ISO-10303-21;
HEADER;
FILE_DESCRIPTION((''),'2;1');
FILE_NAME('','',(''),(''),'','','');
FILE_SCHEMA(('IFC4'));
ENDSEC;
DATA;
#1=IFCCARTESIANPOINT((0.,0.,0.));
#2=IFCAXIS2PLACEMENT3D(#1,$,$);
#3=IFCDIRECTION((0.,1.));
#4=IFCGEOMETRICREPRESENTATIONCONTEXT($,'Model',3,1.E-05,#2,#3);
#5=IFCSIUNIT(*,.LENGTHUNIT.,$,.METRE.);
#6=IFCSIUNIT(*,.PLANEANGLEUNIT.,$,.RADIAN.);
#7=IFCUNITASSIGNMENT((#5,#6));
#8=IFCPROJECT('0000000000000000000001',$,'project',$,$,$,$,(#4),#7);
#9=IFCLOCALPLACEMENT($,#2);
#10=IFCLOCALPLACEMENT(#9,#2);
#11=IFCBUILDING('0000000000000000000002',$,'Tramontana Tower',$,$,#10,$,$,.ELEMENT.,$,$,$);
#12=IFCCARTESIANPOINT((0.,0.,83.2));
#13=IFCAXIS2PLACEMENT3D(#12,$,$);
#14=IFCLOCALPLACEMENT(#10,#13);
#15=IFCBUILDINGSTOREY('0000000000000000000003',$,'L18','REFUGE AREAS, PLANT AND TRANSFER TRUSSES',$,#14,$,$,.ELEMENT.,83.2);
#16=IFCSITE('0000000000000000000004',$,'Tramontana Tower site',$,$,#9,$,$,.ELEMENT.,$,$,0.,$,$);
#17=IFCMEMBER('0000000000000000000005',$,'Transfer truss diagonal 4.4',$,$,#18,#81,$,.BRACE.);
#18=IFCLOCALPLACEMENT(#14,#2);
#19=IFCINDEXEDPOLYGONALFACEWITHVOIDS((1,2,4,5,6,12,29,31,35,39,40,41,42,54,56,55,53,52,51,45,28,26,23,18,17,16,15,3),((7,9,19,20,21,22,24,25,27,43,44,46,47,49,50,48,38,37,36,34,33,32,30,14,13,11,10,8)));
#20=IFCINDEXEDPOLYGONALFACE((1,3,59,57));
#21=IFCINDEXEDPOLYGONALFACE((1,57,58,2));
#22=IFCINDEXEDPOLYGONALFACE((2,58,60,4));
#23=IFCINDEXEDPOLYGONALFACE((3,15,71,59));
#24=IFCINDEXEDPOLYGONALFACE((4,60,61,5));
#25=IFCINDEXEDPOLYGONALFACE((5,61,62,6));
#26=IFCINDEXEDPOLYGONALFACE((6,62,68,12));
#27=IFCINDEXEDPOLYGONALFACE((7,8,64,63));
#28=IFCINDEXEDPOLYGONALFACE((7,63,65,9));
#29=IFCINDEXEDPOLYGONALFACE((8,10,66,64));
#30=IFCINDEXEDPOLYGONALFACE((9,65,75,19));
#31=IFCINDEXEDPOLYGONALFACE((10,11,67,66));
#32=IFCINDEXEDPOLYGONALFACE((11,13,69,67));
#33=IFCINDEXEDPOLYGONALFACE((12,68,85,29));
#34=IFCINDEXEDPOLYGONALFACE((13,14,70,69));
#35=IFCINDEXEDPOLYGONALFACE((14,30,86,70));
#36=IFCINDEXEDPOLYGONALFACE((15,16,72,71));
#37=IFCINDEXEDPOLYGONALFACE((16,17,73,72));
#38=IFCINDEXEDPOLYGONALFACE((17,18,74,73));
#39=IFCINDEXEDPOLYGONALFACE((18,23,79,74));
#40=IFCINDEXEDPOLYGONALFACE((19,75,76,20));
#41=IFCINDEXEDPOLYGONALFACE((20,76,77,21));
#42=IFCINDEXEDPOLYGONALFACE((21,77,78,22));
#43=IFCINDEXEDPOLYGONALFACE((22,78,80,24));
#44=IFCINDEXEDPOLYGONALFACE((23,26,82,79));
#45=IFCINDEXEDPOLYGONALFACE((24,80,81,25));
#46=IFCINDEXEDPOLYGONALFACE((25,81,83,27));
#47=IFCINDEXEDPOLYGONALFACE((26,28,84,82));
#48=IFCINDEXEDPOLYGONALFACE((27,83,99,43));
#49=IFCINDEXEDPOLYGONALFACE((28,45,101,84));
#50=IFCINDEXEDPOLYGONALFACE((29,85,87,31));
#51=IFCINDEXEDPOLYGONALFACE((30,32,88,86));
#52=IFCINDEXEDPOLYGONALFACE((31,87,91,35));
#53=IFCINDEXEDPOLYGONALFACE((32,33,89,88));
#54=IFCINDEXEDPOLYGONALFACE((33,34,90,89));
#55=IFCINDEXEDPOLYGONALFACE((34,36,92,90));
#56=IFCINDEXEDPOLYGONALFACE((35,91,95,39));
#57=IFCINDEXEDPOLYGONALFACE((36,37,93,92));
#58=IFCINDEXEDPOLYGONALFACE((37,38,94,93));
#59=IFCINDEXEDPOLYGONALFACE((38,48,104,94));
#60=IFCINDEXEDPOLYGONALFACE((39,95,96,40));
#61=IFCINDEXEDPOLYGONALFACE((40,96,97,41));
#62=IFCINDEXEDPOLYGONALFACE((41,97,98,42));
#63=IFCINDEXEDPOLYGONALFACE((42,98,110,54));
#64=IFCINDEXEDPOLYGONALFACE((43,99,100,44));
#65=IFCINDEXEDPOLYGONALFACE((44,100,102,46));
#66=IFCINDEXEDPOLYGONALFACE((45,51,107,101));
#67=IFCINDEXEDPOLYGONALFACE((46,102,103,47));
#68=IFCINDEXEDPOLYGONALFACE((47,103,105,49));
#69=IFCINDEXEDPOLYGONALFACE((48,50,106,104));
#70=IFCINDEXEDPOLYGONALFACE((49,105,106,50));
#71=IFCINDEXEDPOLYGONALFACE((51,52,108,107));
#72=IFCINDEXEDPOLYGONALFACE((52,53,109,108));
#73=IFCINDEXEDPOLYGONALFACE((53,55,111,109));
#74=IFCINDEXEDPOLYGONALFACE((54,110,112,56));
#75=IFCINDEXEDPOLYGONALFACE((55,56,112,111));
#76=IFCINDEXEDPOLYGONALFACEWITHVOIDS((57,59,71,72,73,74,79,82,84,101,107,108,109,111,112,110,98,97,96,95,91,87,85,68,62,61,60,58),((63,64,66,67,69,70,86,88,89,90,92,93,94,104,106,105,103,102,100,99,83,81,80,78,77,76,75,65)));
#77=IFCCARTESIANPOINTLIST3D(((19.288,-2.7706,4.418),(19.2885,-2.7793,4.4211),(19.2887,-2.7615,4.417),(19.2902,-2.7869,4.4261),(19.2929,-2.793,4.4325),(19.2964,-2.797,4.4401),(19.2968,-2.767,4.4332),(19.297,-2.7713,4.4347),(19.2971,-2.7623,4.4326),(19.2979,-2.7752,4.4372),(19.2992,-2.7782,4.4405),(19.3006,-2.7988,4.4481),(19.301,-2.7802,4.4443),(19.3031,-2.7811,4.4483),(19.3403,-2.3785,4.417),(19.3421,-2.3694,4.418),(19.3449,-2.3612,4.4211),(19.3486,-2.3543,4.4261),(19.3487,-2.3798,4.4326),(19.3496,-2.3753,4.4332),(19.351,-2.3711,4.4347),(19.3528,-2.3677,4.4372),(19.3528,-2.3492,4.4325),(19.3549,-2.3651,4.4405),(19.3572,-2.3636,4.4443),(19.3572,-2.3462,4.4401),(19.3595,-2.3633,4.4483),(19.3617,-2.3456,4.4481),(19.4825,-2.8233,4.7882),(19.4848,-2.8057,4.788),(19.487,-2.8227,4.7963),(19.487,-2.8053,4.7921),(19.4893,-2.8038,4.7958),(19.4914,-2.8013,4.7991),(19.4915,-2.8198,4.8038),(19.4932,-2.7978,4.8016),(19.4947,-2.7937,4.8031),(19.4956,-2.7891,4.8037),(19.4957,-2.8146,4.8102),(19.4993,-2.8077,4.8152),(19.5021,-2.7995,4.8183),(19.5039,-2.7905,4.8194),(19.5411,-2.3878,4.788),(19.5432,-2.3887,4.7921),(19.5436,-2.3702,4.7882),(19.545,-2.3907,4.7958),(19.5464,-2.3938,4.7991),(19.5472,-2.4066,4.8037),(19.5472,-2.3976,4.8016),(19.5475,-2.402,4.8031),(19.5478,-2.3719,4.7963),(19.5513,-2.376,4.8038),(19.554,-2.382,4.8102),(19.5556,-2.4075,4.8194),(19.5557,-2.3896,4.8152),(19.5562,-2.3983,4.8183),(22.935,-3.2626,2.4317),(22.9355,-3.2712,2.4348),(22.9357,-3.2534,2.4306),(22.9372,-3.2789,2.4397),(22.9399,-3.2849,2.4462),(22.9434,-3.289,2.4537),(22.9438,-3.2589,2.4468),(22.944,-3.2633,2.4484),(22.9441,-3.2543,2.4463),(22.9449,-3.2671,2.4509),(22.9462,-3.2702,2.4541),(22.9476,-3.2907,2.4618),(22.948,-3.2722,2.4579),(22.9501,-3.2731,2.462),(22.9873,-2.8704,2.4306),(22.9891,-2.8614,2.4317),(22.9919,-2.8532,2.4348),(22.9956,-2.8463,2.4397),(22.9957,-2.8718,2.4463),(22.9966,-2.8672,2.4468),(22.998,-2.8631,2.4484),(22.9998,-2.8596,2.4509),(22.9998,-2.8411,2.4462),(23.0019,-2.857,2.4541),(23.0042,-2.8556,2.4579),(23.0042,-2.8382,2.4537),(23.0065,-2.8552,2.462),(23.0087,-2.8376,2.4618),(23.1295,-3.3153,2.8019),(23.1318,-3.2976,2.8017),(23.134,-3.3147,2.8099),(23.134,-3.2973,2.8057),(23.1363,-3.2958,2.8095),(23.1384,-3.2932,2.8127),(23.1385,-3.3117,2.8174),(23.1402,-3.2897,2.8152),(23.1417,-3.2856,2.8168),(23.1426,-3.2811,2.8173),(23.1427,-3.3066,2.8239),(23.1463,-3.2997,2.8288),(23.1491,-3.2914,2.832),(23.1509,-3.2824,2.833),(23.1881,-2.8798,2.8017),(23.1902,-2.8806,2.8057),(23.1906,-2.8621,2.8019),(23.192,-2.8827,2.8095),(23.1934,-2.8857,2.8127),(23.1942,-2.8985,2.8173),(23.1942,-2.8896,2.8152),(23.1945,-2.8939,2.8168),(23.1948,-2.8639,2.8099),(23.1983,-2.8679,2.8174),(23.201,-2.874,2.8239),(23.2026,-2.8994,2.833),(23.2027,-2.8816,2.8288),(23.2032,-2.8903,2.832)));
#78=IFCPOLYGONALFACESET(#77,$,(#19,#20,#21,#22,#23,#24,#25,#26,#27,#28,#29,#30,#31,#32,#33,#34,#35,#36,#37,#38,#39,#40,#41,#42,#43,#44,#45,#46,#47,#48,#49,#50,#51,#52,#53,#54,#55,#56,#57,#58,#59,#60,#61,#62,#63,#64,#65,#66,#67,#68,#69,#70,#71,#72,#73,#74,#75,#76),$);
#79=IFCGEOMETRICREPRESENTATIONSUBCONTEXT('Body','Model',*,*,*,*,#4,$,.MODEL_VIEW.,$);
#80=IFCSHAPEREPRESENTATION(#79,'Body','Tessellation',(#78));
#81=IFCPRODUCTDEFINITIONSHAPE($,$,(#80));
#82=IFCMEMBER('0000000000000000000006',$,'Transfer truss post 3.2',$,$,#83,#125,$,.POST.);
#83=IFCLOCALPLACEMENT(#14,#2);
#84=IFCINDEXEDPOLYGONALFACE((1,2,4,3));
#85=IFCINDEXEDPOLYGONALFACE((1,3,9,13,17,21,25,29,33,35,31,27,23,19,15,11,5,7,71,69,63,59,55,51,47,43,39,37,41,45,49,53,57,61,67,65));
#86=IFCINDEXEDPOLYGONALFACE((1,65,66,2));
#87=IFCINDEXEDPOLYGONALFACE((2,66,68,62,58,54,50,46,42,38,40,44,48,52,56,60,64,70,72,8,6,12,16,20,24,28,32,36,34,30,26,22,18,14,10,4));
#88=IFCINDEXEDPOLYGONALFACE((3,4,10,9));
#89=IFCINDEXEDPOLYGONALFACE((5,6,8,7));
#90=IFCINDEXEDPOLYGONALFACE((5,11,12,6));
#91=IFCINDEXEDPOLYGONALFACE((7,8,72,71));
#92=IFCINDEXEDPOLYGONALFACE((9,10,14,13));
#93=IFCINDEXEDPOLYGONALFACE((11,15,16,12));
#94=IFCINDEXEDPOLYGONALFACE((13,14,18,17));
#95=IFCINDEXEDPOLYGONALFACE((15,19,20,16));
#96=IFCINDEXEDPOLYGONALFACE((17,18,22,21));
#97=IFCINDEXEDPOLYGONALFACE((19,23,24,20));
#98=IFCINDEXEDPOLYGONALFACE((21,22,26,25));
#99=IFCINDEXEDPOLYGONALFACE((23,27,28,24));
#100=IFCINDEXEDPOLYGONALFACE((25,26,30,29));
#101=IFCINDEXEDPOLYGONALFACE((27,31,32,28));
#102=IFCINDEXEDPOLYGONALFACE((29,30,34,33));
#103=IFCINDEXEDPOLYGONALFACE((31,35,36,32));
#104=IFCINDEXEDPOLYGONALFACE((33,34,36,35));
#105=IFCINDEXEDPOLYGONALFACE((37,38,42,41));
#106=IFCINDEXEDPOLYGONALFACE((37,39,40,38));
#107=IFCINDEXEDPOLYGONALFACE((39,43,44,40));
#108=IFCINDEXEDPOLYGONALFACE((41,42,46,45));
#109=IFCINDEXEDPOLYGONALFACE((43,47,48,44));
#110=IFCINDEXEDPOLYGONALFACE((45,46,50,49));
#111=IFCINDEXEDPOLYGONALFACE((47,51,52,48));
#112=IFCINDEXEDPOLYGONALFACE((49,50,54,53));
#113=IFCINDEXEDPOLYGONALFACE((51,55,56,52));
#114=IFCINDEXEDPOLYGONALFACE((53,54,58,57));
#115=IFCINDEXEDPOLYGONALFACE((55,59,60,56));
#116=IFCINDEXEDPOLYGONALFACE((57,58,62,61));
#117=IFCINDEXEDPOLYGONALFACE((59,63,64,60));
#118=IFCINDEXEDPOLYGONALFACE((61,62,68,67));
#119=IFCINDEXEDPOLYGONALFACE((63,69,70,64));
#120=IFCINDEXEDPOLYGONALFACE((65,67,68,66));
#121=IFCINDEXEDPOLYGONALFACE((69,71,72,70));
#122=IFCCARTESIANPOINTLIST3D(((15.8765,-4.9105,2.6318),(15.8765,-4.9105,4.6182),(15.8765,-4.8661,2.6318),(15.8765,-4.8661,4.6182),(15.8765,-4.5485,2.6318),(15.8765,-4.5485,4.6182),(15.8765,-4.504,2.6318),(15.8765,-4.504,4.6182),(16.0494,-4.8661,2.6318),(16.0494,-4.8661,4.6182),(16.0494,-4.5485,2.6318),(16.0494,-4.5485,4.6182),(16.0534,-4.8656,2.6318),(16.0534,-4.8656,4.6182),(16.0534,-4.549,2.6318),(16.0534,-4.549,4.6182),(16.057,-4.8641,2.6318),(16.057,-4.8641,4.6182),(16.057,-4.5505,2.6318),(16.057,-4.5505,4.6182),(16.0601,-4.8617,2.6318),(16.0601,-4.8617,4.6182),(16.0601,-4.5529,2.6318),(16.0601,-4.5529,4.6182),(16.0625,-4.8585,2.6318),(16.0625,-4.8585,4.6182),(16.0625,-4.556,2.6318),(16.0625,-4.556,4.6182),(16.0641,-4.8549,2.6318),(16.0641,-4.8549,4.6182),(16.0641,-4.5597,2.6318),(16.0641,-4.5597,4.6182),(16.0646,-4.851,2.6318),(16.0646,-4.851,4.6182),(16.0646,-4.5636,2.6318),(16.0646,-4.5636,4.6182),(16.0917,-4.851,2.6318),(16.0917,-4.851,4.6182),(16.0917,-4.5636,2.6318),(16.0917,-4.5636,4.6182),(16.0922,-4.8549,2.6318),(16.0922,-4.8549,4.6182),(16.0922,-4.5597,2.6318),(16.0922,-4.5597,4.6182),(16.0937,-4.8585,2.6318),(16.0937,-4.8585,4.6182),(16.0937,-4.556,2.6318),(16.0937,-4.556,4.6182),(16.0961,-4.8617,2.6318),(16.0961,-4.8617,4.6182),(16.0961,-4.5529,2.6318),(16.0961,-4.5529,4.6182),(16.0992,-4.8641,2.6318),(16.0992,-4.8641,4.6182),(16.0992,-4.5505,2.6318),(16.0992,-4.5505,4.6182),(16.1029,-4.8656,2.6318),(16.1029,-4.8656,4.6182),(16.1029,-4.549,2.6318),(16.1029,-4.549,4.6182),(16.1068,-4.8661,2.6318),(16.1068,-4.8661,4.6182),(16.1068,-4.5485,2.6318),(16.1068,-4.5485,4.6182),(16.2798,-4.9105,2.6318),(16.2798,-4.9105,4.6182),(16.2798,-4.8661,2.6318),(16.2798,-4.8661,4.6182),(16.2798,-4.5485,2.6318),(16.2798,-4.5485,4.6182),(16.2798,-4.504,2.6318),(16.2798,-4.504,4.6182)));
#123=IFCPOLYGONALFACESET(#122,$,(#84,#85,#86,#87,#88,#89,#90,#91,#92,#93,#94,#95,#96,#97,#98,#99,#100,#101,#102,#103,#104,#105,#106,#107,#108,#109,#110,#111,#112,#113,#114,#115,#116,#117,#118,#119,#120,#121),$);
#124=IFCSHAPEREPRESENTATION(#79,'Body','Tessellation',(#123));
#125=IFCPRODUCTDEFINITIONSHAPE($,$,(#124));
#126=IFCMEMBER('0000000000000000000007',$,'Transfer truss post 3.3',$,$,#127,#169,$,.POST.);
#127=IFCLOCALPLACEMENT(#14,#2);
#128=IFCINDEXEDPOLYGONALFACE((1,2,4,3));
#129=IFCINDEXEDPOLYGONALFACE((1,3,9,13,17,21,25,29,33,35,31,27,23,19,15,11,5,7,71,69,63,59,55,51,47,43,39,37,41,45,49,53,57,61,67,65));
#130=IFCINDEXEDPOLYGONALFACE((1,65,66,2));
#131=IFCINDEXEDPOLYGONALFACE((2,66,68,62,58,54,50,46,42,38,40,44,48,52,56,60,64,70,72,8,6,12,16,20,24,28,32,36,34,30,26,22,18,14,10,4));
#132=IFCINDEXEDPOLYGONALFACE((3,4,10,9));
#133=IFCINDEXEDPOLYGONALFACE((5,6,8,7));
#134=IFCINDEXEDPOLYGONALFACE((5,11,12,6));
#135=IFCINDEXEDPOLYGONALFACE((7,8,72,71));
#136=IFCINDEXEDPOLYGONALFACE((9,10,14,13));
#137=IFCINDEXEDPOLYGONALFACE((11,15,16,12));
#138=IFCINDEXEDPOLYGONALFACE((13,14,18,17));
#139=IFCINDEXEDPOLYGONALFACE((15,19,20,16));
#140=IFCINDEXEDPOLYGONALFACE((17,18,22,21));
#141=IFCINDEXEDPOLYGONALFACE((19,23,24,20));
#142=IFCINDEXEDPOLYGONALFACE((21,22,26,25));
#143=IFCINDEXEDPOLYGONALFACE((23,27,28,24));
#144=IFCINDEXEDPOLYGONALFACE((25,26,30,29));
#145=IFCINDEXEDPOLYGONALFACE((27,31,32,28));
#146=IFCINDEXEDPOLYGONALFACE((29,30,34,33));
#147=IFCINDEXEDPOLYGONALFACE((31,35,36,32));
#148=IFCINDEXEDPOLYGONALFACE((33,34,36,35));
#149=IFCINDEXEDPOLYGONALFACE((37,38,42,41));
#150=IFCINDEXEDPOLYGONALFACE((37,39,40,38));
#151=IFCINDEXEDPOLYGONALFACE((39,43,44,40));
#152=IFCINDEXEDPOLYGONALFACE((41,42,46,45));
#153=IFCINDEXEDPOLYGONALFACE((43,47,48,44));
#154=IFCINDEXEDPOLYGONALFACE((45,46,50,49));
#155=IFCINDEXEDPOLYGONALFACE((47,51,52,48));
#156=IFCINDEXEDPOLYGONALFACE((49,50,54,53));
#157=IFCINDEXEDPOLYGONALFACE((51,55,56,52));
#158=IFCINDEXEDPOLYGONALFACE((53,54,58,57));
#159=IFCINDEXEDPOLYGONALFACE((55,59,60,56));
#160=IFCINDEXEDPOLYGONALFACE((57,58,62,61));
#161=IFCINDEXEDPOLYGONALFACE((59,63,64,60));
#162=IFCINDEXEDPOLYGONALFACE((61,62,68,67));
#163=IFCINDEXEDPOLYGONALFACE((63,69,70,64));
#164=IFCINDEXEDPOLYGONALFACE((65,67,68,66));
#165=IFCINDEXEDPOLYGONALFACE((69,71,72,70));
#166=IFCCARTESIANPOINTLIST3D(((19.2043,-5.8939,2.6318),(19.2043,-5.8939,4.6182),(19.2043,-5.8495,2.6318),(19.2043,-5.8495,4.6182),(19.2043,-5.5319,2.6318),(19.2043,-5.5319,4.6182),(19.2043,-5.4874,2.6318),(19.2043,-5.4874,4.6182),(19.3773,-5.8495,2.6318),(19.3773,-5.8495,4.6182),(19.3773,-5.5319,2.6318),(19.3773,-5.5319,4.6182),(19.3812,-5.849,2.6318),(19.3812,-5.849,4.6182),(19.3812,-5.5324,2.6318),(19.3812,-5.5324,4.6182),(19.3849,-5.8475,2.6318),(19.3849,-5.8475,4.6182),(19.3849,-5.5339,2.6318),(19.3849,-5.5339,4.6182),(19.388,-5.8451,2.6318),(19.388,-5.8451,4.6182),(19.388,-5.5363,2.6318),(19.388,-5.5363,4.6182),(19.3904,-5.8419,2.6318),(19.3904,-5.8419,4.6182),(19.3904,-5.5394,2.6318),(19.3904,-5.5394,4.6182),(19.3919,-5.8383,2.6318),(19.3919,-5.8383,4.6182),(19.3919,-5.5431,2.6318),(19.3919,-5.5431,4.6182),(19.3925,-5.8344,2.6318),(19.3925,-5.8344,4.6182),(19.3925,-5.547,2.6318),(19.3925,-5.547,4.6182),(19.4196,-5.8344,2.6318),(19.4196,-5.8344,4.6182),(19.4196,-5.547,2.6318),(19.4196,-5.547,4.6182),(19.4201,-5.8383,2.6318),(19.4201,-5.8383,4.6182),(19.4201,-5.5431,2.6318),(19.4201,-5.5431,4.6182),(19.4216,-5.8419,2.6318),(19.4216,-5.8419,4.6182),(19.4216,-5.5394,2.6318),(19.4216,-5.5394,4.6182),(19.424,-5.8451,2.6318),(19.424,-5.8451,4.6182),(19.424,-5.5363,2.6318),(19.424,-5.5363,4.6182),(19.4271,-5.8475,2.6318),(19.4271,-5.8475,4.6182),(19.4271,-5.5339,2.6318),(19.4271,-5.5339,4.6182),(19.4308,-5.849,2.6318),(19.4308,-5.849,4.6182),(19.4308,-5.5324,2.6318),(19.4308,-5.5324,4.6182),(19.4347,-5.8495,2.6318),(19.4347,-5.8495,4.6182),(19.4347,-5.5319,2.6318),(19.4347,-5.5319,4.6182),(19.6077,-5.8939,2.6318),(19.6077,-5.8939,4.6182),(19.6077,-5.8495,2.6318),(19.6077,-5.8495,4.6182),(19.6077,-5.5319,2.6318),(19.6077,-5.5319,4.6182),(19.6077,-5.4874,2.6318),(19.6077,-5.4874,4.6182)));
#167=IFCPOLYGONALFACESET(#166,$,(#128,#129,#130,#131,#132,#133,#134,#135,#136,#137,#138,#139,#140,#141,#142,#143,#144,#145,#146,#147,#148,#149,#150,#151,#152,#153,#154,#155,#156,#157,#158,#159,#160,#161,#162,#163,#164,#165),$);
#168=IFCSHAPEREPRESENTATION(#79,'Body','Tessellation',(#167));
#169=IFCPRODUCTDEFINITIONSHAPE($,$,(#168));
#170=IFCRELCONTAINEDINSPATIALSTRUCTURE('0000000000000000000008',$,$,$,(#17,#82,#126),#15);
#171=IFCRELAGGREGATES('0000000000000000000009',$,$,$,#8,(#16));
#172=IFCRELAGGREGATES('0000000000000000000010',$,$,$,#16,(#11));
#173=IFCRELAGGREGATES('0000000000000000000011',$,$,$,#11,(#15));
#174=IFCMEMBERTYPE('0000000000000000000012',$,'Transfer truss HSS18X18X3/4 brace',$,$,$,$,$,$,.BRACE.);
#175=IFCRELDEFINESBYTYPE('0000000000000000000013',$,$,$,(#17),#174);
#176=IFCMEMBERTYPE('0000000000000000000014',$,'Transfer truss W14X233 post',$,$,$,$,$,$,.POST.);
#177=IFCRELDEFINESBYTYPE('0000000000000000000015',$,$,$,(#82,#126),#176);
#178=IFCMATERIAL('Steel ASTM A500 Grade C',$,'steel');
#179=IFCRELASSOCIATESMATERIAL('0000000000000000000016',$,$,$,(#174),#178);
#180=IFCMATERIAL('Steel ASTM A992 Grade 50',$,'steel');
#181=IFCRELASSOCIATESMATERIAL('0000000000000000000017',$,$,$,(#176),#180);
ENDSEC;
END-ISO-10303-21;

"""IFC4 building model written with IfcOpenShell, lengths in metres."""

from ifc_helpers import new_model, si_unit, direction, frame, origin, origin_2d, place, context, subcontext, project, spatial, hollow_rectangle, i_section, extrude, material, material_profile, profile_set, type_object, element, save


model = new_model("IFC4")

# Units and contexts
model_context = context("Model", 3, precision=1e-05, world=origin(), true_north=direction((0.0, 1.0)))
body_context = subcontext(model_context, "Body", "Model", "MODEL_VIEW")
ifc_project = project(units=[si_unit("LENGTHUNIT", "METRE"), si_unit("PLANEANGLEUNIT", "RADIAN")], contexts=[model_context])

# Site, building, storey
site_placement = place(None, origin())
site = spatial("IfcSite", under=ifc_project, at=site_placement, Name="Tramontana Tower site", CompositionType="ELEMENT", RefElevation=0.0)
building_placement = place(site_placement, origin())
building = spatial("IfcBuilding", under=site, at=building_placement, Name="Tramontana Tower", CompositionType="ELEMENT")
storey_placement = place(building_placement, frame((0.0, 0.0, 83.2)))
storey = spatial("IfcBuildingStorey", under=building, at=storey_placement, Name="L18", Description="REFUGE AREAS, PLANT AND TRANSFER TRUSSES", CompositionType="ELEMENT", Elevation=83.2)

# Members
ifc_material_1 = material(Name="Steel ASTM A500 Grade C", Category="steel")
ifc_material_profile_1 = material_profile(ifc_material_1, hollow_rectangle(XDim=0.4573, YDim=0.4573, WallThickness=0.0178, InnerFilletRadius=0.0178, OuterFilletRadius=0.0354, at=origin_2d()), Name="HSS18X18X3/4")
ifc_profile_set_1 = profile_set([ifc_material_profile_1], Name="Steel ASTM A500 Grade C")
member_type_1 = type_object("IfcMemberType", Name="Transfer truss HSS18X18X3/4 brace", PredefinedType="BRACE", material=ifc_profile_set_1)
member_1_placement = place(storey_placement, frame((19.4221, -2.5845, 4.6182), z_axis=(0.872094, -0.117638, -0.474987), x_axis=(0.13368, 0.991025, 0.0)))
element("IfcMember", 1, at=member_1_placement, inside=storey, type_object=member_type_1, Name="Transfer truss diagonal 4.4", PredefinedType="BRACE", context=body_context, shape_type="SweptSolid", body=[
    extrude(hollow_rectangle(XDim=0.4573, YDim=0.4573, WallThickness=0.0178, InnerFilletRadius=0.0178, OuterFilletRadius=0.0354, at=origin_2d()), origin(), (0.0, 0.0, 1.0), 4.1819),
])
ifc_material_2 = material(Name="Steel ASTM A992 Grade 50", Category="steel")
ifc_material_profile_2 = material_profile(ifc_material_2, i_section(OverallWidth=0.4033, OverallDepth=0.4065, WebThickness=0.0271, FlangeThickness=0.0444, FilletRadius=0.0151, at=origin_2d()), Name="W14X233")
ifc_profile_set_2 = profile_set([ifc_material_profile_2], Name="Steel ASTM A992 Grade 50")
member_type_2 = type_object("IfcMemberType", Name="Transfer truss W14X233 post", PredefinedType="POST", material=ifc_profile_set_2)
for number, where, z_axis, x_axis, name in (
    (2, (16.0781, -4.7073, 2.6318), (0.0, 0.0, 1.0), (1.0, 0.0, 0.0), "Transfer truss post 3.2"),
    (3, (19.406, -5.6907, 2.6318), (0.0, 0.0, 1.0), (1.0, 0.0, 0.0), "Transfer truss post 3.3"),
):
    element("IfcMember", number, at=place(storey_placement, frame(where, z_axis=z_axis, x_axis=x_axis)), inside=storey, type_object=member_type_2, Name=name, PredefinedType="POST", context=body_context, shape_type="SweptSolid", body=[
        extrude(i_section(OverallWidth=0.4033, OverallDepth=0.4065, WebThickness=0.0271, FlangeThickness=0.0444, FilletRadius=0.0151, at=origin_2d()), origin(), (0.0, 0.0, 1.0), 1.9863),
    ])

save(model, "model.ifc")
